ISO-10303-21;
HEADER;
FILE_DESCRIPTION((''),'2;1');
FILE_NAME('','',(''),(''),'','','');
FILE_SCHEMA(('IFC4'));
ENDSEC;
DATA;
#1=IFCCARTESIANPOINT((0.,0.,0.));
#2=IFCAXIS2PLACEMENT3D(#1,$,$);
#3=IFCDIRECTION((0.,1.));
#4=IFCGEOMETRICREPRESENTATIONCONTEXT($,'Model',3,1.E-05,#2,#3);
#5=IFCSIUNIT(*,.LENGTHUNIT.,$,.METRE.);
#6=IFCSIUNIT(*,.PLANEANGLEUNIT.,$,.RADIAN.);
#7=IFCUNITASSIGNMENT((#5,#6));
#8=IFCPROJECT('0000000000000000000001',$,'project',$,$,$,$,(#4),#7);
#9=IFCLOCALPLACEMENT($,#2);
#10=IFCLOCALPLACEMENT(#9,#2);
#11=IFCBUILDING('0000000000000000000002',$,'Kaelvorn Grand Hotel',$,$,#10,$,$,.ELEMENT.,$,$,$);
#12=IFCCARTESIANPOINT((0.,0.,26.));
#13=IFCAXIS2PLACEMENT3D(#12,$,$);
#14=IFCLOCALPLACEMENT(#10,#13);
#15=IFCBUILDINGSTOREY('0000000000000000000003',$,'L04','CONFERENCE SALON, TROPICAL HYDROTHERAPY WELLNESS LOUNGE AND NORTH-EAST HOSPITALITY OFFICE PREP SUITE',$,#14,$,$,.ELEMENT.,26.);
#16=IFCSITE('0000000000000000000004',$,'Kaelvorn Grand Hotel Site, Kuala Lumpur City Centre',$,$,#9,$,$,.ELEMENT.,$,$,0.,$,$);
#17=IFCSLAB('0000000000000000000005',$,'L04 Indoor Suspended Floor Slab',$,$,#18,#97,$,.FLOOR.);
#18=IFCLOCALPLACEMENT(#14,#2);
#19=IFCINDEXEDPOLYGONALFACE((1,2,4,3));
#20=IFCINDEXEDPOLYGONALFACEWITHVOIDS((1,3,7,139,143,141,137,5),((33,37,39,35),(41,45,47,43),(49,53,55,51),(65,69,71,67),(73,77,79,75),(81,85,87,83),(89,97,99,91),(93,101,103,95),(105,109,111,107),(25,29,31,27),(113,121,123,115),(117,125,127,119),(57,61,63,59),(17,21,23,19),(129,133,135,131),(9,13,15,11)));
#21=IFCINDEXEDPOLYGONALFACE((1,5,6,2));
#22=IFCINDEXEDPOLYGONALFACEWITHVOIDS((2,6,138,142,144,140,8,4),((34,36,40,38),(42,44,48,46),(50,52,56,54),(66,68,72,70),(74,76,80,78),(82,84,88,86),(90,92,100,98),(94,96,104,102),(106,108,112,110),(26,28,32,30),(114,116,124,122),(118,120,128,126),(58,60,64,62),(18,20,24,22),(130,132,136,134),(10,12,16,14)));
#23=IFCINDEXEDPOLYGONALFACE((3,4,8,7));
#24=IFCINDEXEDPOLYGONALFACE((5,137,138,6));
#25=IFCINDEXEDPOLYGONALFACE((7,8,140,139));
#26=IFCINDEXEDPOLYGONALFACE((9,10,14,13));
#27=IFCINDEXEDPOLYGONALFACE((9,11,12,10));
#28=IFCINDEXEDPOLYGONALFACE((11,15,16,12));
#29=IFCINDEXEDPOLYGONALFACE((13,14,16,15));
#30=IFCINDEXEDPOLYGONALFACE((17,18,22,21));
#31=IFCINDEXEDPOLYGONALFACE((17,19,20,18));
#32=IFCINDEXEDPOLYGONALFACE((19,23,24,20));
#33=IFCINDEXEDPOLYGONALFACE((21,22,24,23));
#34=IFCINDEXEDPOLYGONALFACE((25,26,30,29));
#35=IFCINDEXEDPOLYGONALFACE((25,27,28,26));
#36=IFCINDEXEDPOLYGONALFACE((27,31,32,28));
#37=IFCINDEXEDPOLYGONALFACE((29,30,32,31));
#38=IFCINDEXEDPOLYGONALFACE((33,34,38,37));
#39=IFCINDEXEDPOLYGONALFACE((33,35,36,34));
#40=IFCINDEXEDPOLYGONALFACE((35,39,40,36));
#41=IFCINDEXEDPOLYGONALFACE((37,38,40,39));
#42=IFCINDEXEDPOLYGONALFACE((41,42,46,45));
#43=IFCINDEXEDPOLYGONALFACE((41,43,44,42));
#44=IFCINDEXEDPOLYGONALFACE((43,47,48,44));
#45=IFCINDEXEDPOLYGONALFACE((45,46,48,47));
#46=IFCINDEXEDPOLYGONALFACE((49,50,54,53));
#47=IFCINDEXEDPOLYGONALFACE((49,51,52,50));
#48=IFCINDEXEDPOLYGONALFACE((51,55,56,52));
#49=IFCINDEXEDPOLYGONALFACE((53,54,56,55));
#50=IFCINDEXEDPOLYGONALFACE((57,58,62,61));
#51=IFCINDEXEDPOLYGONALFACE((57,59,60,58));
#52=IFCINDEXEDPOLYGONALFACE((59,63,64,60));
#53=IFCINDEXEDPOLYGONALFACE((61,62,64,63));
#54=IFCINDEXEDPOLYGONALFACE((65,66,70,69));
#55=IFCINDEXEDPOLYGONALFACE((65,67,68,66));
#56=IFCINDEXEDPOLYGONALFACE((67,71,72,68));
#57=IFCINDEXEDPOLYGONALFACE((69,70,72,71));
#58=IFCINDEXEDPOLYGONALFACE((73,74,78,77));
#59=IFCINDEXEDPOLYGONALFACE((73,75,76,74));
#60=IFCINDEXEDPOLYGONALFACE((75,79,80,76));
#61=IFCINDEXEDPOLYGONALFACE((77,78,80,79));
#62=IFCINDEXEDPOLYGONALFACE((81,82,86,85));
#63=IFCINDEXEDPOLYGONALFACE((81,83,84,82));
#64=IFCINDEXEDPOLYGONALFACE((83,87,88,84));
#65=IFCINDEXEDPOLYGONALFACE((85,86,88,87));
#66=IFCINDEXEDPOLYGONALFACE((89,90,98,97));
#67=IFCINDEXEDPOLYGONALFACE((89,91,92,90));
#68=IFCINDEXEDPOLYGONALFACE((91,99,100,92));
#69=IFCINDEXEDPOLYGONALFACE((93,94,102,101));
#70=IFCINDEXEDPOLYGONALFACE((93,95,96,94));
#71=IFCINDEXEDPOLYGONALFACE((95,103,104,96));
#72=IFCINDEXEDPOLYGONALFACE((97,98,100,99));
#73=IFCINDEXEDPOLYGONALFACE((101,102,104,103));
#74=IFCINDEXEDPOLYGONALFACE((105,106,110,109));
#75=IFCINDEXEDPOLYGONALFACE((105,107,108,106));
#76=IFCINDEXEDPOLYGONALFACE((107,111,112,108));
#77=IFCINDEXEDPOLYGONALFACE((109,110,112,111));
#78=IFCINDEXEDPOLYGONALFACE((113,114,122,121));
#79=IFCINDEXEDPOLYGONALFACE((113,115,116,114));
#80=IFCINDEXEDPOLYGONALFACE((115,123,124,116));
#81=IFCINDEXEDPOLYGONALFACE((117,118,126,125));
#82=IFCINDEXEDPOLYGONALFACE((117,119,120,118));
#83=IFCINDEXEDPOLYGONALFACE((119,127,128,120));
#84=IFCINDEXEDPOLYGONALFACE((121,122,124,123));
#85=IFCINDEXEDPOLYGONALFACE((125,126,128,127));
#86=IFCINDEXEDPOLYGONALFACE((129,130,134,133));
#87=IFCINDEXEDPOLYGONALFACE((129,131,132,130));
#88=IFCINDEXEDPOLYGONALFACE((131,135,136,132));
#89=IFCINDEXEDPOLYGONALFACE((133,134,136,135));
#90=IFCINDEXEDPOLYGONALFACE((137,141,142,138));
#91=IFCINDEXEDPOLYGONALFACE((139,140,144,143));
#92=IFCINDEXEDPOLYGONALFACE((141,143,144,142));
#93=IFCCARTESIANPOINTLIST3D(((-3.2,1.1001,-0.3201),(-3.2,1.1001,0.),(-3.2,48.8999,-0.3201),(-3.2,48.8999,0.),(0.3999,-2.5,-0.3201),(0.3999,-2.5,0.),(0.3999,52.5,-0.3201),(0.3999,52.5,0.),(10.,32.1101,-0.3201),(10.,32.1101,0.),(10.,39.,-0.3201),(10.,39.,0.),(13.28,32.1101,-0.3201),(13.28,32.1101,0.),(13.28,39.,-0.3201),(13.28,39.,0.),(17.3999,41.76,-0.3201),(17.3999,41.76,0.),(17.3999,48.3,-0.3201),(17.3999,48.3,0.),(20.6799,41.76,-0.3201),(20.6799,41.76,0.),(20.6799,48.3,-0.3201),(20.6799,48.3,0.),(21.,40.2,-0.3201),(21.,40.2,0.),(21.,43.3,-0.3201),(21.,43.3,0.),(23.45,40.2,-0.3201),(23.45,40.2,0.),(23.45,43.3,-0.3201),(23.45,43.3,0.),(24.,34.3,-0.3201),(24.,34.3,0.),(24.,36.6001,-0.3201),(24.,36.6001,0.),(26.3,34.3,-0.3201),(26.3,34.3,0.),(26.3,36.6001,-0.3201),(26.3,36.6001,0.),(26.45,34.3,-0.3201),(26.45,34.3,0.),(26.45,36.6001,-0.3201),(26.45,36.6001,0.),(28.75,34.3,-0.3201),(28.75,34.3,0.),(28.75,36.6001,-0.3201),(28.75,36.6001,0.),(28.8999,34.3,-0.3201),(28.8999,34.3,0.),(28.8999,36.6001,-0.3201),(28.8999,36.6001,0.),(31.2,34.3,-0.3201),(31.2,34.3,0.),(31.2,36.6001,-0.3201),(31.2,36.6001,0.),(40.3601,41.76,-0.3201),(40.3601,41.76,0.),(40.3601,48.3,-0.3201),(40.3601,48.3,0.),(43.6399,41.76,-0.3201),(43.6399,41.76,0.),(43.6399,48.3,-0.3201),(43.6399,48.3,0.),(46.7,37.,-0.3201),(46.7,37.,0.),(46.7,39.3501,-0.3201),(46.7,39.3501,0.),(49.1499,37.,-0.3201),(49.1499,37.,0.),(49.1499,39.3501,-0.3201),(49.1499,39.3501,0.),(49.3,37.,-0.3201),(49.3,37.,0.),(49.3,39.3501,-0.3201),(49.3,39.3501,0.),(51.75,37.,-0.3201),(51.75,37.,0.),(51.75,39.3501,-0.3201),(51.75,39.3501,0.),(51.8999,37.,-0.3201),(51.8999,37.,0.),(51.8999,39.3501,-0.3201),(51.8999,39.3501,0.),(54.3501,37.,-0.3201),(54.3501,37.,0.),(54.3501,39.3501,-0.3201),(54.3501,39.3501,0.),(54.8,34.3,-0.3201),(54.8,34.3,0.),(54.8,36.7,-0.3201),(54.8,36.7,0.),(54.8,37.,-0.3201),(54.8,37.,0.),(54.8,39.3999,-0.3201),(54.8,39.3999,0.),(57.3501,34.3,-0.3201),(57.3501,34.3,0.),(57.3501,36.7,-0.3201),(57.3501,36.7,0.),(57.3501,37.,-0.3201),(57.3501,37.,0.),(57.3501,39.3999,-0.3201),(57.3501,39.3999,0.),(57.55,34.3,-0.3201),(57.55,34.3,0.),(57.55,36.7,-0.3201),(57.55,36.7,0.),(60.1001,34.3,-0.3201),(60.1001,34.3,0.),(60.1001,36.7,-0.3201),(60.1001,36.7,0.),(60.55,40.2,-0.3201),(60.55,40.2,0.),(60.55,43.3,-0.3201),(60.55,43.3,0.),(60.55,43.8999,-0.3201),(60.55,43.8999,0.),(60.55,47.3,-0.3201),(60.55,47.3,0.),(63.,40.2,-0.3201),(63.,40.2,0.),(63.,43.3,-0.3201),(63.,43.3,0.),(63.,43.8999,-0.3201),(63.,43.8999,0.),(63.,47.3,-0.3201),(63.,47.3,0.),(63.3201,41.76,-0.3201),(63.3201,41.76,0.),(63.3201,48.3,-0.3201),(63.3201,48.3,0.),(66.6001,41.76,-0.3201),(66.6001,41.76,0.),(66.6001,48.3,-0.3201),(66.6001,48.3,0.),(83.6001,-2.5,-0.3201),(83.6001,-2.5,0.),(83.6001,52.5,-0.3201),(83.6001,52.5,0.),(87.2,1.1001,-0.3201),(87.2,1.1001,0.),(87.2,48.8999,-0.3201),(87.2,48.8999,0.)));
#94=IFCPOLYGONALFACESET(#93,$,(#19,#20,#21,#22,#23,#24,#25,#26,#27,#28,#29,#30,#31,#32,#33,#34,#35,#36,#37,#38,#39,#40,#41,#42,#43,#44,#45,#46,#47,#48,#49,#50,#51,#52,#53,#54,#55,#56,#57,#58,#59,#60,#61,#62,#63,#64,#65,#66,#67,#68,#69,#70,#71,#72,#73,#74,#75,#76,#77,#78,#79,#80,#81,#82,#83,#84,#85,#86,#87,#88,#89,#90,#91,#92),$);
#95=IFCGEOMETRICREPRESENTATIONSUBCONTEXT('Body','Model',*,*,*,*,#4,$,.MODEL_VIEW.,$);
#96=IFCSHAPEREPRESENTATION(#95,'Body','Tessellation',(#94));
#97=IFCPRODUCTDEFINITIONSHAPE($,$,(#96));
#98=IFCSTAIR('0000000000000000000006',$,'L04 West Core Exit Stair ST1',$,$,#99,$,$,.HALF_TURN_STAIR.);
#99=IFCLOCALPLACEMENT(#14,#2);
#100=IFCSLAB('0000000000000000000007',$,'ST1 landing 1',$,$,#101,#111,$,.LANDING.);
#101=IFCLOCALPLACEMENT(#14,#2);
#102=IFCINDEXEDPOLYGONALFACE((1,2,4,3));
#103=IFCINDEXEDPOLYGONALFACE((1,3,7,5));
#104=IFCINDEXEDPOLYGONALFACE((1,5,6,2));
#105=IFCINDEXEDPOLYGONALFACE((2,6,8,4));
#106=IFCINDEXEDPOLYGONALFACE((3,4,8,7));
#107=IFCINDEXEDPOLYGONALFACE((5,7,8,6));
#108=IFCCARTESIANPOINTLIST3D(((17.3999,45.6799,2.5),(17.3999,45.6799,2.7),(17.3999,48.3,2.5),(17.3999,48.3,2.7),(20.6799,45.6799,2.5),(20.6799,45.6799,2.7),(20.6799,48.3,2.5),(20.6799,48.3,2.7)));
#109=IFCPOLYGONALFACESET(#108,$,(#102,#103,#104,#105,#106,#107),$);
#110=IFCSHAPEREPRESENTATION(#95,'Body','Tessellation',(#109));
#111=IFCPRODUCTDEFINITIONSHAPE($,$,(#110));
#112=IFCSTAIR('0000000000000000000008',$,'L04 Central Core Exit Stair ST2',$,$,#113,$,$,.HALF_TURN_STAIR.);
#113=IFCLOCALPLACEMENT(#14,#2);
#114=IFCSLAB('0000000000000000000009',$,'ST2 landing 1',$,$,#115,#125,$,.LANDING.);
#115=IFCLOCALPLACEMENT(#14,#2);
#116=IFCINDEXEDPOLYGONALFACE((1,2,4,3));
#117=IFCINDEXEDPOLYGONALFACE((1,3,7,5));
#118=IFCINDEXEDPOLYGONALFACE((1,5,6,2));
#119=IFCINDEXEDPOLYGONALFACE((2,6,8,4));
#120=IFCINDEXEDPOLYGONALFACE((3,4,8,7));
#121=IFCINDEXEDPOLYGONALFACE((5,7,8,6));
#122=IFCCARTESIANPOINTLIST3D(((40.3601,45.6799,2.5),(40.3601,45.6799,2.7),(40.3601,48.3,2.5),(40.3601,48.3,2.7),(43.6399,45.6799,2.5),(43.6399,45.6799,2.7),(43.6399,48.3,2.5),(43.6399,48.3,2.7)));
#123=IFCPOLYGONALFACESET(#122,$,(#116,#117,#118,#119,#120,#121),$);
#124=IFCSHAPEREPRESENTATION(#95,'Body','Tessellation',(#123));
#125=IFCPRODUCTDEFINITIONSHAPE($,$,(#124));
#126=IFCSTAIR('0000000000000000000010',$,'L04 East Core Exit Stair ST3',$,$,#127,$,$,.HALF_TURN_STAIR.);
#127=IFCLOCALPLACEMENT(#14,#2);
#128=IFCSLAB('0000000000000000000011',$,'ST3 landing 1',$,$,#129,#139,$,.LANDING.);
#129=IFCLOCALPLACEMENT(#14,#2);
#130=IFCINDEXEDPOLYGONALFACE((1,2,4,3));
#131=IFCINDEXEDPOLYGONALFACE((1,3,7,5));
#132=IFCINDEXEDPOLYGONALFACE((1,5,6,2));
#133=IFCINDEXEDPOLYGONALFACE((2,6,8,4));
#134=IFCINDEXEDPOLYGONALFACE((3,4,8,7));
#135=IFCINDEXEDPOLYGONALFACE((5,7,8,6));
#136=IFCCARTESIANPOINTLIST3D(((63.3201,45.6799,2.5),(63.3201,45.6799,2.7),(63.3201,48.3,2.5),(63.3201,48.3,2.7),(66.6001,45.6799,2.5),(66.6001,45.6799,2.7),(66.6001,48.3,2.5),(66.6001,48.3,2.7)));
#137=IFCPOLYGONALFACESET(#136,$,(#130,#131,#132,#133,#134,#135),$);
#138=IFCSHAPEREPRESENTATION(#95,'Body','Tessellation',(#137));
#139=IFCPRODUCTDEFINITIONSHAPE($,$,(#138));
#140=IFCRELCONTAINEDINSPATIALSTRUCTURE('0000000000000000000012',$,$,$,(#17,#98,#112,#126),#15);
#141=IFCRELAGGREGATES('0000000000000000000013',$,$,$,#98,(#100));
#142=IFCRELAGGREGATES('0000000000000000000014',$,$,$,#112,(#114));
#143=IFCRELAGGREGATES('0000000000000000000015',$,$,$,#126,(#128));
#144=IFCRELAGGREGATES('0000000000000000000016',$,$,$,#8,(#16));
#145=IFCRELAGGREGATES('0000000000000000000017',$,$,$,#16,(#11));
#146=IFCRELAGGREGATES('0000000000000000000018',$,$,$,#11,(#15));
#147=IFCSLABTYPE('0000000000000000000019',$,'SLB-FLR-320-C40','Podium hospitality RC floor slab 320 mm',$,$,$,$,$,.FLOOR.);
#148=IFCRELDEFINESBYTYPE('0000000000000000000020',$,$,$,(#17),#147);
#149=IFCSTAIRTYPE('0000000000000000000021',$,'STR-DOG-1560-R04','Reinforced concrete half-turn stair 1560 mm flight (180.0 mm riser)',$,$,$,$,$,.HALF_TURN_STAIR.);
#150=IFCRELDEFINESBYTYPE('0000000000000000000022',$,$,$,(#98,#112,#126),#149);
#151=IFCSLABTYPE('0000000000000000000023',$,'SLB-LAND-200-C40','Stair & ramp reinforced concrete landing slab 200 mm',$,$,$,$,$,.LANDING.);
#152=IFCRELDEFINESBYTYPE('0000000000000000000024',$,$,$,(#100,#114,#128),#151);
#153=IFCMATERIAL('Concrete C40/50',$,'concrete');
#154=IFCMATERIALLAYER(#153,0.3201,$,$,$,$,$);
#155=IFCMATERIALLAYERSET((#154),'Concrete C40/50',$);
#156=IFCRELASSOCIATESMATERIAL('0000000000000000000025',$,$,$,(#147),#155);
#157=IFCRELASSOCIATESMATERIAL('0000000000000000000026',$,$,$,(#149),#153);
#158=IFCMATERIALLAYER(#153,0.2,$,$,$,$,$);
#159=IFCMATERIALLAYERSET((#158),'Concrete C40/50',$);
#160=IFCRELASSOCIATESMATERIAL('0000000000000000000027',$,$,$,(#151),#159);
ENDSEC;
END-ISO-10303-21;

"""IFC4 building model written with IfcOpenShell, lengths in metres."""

from ifc_helpers import new_model, si_unit, direction, frame, origin, place, context, subcontext, project, spatial, polyline, outline, extrude, material, layer, layer_set, type_object, element, aggregate, save


model = new_model("IFC4")

# Units and contexts
model_context = context("Model", 3, precision=1e-05, world=origin(), true_north=direction((0.0, 1.0)))
body_context = subcontext(model_context, "Body", "Model", "MODEL_VIEW")
ifc_project = project(units=[si_unit("LENGTHUNIT", "METRE"), si_unit("PLANEANGLEUNIT", "RADIAN")], contexts=[model_context])

# Site, building, storey
site_placement = place(None, origin())
site = spatial("IfcSite", under=ifc_project, at=site_placement, Name="Kaelvorn Grand Hotel Site, Kuala Lumpur City Centre", CompositionType="ELEMENT", RefElevation=0.0)
building_placement = place(site_placement, origin())
building = spatial("IfcBuilding", under=site, at=building_placement, Name="Kaelvorn Grand Hotel", CompositionType="ELEMENT")
storey_placement = place(building_placement, frame((0.0, 0.0, 26.0)))
storey = spatial("IfcBuildingStorey", under=building, at=storey_placement, Name="L04", Description="CONFERENCE SALON, TROPICAL HYDROTHERAPY WELLNESS LOUNGE AND NORTH-EAST HOSPITALITY OFFICE PREP SUITE", CompositionType="ELEMENT", Elevation=26.0)

# Slab
ifc_material_1 = material(Name="Concrete C40/50", Category="concrete")
ifc_layer_1 = layer(ifc_material_1, 0.3201)
ifc_layer_set_1 = layer_set([ifc_layer_1], Name="Concrete C40/50")
slab_type_1 = type_object("IfcSlabType", Name="SLB-FLR-320-C40", Description="Podium hospitality RC floor slab 320 mm", PredefinedType="FLOOR", material=ifc_layer_set_1)
slab_1_placement = place(storey_placement, frame((0.0, 0.0, -0.3201)))
element("IfcSlab", 1, at=slab_1_placement, inside=storey, type_object=slab_type_1, Name="L04 Indoor Suspended Floor Slab", PredefinedType="FLOOR", context=body_context, shape_type="SweptSolid", body=[
    extrude(outline(polyline([(0.3999, -2.5), (83.6001, -2.5), (87.2, 1.1001), (87.2, 48.8999), (83.6001, 52.5), (0.3999, 52.5), (-3.2, 48.8999), (-3.2, 1.1001), (0.3999, -2.5)]), holes=[polyline([(17.3999, 41.76), (17.3999, 48.3), (20.6799, 48.3), (20.6799, 41.76), (17.3999, 41.76)]), polyline([(40.3601, 41.76), (40.3601, 48.3), (43.6399, 48.3), (43.6399, 41.76), (40.3601, 41.76)]), polyline([(63.3201, 41.76), (63.3201, 48.3), (66.6001, 48.3), (66.6001, 41.76), (63.3201, 41.76)]), polyline([(10.0, 32.1101), (10.0, 39.0), (13.28, 39.0), (13.28, 32.1101), (10.0, 32.1101)]), polyline([(24.0, 34.3), (24.0, 36.6001), (26.3, 36.6001), (26.3, 34.3), (24.0, 34.3)]), polyline([(26.45, 34.3), (26.45, 36.6001), (28.75, 36.6001), (28.75, 34.3), (26.45, 34.3)]), polyline([(28.8999, 34.3), (28.8999, 36.6001), (31.2, 36.6001), (31.2, 34.3), (28.8999, 34.3)]), polyline([(46.7, 37.0), (46.7, 39.3501), (49.1499, 39.3501), (49.1499, 37.0), (46.7, 37.0)]), polyline([(49.3, 37.0), (49.3, 39.3501), (51.75, 39.3501), (51.75, 37.0), (49.3, 37.0)]), polyline([(51.8999, 37.0), (51.8999, 39.3501), (54.3501, 39.3501), (54.3501, 37.0), (51.8999, 37.0)]), polyline([(54.8, 34.3), (54.8, 36.7), (57.3501, 36.7), (57.3501, 34.3), (54.8, 34.3)]), polyline([(57.55, 34.3), (57.55, 36.7), (60.1001, 36.7), (60.1001, 34.3), (57.55, 34.3)]), polyline([(54.8, 37.0), (54.8, 39.3999), (57.3501, 39.3999), (57.3501, 37.0), (54.8, 37.0)]), polyline([(21.0, 40.2), (21.0, 43.3), (23.45, 43.3), (23.45, 40.2), (21.0, 40.2)]), polyline([(60.55, 40.2), (60.55, 43.3), (63.0, 43.3), (63.0, 40.2), (60.55, 40.2)]), polyline([(60.55, 43.8999), (60.55, 47.3), (63.0, 47.3), (63.0, 43.8999), (60.55, 43.8999)])]), origin(), (0.0, 0.0, 1.0), 0.3201),
])

# Stairs, slabs
stair_type = type_object("IfcStairType", Name="STR-DOG-1560-R04", Description="Reinforced concrete half-turn stair 1560 mm flight (180.0 mm riser)", PredefinedType="HALF_TURN_STAIR", material=ifc_material_1)
stair_1_placement = place(storey_placement, origin())
stair_1 = element("IfcStair", 2, at=stair_1_placement, inside=storey, type_object=stair_type, Name="L04 West Core Exit Stair ST1", PredefinedType="HALF_TURN_STAIR")
ifc_layer_2 = layer(ifc_material_1, 0.2)
ifc_layer_set_2 = layer_set([ifc_layer_2], Name="Concrete C40/50")
slab_type_2 = type_object("IfcSlabType", Name="SLB-LAND-200-C40", Description="Stair & ramp reinforced concrete landing slab 200 mm", PredefinedType="LANDING", material=ifc_layer_set_2)
slab_2_placement = place(storey_placement, frame((0.0, 0.0, 2.5)))
slab_2 = element("IfcSlab", 3, at=slab_2_placement, type_object=slab_type_2, Name="ST1 landing 1", PredefinedType="LANDING", context=body_context, shape_type="SweptSolid", body=[
    extrude(outline(polyline([(20.6799, 45.6799), (20.6799, 48.3), (17.3999, 48.3), (17.3999, 45.6799), (20.6799, 45.6799)])), origin(), (0.0, 0.0, 1.0), 0.2),
])
aggregate(stair_1, [slab_2])
stair_2_placement = place(storey_placement, origin())
stair_2 = element("IfcStair", 4, at=stair_2_placement, inside=storey, type_object=stair_type, Name="L04 Central Core Exit Stair ST2", PredefinedType="HALF_TURN_STAIR")
slab_3_placement = place(storey_placement, frame((0.0, 0.0, 2.5)))
slab_3 = element("IfcSlab", 5, at=slab_3_placement, type_object=slab_type_2, Name="ST2 landing 1", PredefinedType="LANDING", context=body_context, shape_type="SweptSolid", body=[
    extrude(outline(polyline([(43.6399, 45.6799), (43.6399, 48.3), (40.3601, 48.3), (40.3601, 45.6799), (43.6399, 45.6799)])), origin(), (0.0, 0.0, 1.0), 0.2),
])
aggregate(stair_2, [slab_3])
stair_3_placement = place(storey_placement, origin())
stair_3 = element("IfcStair", 6, at=stair_3_placement, inside=storey, type_object=stair_type, Name="L04 East Core Exit Stair ST3", PredefinedType="HALF_TURN_STAIR")
slab_4_placement = place(storey_placement, frame((0.0, 0.0, 2.5)))
slab_4 = element("IfcSlab", 7, at=slab_4_placement, type_object=slab_type_2, Name="ST3 landing 1", PredefinedType="LANDING", context=body_context, shape_type="SweptSolid", body=[
    extrude(outline(polyline([(66.6001, 45.6799), (66.6001, 48.3), (63.3201, 48.3), (63.3201, 45.6799), (66.6001, 45.6799)])), origin(), (0.0, 0.0, 1.0), 0.2),
])
aggregate(stair_3, [slab_4])

save(model, "model.ifc")
